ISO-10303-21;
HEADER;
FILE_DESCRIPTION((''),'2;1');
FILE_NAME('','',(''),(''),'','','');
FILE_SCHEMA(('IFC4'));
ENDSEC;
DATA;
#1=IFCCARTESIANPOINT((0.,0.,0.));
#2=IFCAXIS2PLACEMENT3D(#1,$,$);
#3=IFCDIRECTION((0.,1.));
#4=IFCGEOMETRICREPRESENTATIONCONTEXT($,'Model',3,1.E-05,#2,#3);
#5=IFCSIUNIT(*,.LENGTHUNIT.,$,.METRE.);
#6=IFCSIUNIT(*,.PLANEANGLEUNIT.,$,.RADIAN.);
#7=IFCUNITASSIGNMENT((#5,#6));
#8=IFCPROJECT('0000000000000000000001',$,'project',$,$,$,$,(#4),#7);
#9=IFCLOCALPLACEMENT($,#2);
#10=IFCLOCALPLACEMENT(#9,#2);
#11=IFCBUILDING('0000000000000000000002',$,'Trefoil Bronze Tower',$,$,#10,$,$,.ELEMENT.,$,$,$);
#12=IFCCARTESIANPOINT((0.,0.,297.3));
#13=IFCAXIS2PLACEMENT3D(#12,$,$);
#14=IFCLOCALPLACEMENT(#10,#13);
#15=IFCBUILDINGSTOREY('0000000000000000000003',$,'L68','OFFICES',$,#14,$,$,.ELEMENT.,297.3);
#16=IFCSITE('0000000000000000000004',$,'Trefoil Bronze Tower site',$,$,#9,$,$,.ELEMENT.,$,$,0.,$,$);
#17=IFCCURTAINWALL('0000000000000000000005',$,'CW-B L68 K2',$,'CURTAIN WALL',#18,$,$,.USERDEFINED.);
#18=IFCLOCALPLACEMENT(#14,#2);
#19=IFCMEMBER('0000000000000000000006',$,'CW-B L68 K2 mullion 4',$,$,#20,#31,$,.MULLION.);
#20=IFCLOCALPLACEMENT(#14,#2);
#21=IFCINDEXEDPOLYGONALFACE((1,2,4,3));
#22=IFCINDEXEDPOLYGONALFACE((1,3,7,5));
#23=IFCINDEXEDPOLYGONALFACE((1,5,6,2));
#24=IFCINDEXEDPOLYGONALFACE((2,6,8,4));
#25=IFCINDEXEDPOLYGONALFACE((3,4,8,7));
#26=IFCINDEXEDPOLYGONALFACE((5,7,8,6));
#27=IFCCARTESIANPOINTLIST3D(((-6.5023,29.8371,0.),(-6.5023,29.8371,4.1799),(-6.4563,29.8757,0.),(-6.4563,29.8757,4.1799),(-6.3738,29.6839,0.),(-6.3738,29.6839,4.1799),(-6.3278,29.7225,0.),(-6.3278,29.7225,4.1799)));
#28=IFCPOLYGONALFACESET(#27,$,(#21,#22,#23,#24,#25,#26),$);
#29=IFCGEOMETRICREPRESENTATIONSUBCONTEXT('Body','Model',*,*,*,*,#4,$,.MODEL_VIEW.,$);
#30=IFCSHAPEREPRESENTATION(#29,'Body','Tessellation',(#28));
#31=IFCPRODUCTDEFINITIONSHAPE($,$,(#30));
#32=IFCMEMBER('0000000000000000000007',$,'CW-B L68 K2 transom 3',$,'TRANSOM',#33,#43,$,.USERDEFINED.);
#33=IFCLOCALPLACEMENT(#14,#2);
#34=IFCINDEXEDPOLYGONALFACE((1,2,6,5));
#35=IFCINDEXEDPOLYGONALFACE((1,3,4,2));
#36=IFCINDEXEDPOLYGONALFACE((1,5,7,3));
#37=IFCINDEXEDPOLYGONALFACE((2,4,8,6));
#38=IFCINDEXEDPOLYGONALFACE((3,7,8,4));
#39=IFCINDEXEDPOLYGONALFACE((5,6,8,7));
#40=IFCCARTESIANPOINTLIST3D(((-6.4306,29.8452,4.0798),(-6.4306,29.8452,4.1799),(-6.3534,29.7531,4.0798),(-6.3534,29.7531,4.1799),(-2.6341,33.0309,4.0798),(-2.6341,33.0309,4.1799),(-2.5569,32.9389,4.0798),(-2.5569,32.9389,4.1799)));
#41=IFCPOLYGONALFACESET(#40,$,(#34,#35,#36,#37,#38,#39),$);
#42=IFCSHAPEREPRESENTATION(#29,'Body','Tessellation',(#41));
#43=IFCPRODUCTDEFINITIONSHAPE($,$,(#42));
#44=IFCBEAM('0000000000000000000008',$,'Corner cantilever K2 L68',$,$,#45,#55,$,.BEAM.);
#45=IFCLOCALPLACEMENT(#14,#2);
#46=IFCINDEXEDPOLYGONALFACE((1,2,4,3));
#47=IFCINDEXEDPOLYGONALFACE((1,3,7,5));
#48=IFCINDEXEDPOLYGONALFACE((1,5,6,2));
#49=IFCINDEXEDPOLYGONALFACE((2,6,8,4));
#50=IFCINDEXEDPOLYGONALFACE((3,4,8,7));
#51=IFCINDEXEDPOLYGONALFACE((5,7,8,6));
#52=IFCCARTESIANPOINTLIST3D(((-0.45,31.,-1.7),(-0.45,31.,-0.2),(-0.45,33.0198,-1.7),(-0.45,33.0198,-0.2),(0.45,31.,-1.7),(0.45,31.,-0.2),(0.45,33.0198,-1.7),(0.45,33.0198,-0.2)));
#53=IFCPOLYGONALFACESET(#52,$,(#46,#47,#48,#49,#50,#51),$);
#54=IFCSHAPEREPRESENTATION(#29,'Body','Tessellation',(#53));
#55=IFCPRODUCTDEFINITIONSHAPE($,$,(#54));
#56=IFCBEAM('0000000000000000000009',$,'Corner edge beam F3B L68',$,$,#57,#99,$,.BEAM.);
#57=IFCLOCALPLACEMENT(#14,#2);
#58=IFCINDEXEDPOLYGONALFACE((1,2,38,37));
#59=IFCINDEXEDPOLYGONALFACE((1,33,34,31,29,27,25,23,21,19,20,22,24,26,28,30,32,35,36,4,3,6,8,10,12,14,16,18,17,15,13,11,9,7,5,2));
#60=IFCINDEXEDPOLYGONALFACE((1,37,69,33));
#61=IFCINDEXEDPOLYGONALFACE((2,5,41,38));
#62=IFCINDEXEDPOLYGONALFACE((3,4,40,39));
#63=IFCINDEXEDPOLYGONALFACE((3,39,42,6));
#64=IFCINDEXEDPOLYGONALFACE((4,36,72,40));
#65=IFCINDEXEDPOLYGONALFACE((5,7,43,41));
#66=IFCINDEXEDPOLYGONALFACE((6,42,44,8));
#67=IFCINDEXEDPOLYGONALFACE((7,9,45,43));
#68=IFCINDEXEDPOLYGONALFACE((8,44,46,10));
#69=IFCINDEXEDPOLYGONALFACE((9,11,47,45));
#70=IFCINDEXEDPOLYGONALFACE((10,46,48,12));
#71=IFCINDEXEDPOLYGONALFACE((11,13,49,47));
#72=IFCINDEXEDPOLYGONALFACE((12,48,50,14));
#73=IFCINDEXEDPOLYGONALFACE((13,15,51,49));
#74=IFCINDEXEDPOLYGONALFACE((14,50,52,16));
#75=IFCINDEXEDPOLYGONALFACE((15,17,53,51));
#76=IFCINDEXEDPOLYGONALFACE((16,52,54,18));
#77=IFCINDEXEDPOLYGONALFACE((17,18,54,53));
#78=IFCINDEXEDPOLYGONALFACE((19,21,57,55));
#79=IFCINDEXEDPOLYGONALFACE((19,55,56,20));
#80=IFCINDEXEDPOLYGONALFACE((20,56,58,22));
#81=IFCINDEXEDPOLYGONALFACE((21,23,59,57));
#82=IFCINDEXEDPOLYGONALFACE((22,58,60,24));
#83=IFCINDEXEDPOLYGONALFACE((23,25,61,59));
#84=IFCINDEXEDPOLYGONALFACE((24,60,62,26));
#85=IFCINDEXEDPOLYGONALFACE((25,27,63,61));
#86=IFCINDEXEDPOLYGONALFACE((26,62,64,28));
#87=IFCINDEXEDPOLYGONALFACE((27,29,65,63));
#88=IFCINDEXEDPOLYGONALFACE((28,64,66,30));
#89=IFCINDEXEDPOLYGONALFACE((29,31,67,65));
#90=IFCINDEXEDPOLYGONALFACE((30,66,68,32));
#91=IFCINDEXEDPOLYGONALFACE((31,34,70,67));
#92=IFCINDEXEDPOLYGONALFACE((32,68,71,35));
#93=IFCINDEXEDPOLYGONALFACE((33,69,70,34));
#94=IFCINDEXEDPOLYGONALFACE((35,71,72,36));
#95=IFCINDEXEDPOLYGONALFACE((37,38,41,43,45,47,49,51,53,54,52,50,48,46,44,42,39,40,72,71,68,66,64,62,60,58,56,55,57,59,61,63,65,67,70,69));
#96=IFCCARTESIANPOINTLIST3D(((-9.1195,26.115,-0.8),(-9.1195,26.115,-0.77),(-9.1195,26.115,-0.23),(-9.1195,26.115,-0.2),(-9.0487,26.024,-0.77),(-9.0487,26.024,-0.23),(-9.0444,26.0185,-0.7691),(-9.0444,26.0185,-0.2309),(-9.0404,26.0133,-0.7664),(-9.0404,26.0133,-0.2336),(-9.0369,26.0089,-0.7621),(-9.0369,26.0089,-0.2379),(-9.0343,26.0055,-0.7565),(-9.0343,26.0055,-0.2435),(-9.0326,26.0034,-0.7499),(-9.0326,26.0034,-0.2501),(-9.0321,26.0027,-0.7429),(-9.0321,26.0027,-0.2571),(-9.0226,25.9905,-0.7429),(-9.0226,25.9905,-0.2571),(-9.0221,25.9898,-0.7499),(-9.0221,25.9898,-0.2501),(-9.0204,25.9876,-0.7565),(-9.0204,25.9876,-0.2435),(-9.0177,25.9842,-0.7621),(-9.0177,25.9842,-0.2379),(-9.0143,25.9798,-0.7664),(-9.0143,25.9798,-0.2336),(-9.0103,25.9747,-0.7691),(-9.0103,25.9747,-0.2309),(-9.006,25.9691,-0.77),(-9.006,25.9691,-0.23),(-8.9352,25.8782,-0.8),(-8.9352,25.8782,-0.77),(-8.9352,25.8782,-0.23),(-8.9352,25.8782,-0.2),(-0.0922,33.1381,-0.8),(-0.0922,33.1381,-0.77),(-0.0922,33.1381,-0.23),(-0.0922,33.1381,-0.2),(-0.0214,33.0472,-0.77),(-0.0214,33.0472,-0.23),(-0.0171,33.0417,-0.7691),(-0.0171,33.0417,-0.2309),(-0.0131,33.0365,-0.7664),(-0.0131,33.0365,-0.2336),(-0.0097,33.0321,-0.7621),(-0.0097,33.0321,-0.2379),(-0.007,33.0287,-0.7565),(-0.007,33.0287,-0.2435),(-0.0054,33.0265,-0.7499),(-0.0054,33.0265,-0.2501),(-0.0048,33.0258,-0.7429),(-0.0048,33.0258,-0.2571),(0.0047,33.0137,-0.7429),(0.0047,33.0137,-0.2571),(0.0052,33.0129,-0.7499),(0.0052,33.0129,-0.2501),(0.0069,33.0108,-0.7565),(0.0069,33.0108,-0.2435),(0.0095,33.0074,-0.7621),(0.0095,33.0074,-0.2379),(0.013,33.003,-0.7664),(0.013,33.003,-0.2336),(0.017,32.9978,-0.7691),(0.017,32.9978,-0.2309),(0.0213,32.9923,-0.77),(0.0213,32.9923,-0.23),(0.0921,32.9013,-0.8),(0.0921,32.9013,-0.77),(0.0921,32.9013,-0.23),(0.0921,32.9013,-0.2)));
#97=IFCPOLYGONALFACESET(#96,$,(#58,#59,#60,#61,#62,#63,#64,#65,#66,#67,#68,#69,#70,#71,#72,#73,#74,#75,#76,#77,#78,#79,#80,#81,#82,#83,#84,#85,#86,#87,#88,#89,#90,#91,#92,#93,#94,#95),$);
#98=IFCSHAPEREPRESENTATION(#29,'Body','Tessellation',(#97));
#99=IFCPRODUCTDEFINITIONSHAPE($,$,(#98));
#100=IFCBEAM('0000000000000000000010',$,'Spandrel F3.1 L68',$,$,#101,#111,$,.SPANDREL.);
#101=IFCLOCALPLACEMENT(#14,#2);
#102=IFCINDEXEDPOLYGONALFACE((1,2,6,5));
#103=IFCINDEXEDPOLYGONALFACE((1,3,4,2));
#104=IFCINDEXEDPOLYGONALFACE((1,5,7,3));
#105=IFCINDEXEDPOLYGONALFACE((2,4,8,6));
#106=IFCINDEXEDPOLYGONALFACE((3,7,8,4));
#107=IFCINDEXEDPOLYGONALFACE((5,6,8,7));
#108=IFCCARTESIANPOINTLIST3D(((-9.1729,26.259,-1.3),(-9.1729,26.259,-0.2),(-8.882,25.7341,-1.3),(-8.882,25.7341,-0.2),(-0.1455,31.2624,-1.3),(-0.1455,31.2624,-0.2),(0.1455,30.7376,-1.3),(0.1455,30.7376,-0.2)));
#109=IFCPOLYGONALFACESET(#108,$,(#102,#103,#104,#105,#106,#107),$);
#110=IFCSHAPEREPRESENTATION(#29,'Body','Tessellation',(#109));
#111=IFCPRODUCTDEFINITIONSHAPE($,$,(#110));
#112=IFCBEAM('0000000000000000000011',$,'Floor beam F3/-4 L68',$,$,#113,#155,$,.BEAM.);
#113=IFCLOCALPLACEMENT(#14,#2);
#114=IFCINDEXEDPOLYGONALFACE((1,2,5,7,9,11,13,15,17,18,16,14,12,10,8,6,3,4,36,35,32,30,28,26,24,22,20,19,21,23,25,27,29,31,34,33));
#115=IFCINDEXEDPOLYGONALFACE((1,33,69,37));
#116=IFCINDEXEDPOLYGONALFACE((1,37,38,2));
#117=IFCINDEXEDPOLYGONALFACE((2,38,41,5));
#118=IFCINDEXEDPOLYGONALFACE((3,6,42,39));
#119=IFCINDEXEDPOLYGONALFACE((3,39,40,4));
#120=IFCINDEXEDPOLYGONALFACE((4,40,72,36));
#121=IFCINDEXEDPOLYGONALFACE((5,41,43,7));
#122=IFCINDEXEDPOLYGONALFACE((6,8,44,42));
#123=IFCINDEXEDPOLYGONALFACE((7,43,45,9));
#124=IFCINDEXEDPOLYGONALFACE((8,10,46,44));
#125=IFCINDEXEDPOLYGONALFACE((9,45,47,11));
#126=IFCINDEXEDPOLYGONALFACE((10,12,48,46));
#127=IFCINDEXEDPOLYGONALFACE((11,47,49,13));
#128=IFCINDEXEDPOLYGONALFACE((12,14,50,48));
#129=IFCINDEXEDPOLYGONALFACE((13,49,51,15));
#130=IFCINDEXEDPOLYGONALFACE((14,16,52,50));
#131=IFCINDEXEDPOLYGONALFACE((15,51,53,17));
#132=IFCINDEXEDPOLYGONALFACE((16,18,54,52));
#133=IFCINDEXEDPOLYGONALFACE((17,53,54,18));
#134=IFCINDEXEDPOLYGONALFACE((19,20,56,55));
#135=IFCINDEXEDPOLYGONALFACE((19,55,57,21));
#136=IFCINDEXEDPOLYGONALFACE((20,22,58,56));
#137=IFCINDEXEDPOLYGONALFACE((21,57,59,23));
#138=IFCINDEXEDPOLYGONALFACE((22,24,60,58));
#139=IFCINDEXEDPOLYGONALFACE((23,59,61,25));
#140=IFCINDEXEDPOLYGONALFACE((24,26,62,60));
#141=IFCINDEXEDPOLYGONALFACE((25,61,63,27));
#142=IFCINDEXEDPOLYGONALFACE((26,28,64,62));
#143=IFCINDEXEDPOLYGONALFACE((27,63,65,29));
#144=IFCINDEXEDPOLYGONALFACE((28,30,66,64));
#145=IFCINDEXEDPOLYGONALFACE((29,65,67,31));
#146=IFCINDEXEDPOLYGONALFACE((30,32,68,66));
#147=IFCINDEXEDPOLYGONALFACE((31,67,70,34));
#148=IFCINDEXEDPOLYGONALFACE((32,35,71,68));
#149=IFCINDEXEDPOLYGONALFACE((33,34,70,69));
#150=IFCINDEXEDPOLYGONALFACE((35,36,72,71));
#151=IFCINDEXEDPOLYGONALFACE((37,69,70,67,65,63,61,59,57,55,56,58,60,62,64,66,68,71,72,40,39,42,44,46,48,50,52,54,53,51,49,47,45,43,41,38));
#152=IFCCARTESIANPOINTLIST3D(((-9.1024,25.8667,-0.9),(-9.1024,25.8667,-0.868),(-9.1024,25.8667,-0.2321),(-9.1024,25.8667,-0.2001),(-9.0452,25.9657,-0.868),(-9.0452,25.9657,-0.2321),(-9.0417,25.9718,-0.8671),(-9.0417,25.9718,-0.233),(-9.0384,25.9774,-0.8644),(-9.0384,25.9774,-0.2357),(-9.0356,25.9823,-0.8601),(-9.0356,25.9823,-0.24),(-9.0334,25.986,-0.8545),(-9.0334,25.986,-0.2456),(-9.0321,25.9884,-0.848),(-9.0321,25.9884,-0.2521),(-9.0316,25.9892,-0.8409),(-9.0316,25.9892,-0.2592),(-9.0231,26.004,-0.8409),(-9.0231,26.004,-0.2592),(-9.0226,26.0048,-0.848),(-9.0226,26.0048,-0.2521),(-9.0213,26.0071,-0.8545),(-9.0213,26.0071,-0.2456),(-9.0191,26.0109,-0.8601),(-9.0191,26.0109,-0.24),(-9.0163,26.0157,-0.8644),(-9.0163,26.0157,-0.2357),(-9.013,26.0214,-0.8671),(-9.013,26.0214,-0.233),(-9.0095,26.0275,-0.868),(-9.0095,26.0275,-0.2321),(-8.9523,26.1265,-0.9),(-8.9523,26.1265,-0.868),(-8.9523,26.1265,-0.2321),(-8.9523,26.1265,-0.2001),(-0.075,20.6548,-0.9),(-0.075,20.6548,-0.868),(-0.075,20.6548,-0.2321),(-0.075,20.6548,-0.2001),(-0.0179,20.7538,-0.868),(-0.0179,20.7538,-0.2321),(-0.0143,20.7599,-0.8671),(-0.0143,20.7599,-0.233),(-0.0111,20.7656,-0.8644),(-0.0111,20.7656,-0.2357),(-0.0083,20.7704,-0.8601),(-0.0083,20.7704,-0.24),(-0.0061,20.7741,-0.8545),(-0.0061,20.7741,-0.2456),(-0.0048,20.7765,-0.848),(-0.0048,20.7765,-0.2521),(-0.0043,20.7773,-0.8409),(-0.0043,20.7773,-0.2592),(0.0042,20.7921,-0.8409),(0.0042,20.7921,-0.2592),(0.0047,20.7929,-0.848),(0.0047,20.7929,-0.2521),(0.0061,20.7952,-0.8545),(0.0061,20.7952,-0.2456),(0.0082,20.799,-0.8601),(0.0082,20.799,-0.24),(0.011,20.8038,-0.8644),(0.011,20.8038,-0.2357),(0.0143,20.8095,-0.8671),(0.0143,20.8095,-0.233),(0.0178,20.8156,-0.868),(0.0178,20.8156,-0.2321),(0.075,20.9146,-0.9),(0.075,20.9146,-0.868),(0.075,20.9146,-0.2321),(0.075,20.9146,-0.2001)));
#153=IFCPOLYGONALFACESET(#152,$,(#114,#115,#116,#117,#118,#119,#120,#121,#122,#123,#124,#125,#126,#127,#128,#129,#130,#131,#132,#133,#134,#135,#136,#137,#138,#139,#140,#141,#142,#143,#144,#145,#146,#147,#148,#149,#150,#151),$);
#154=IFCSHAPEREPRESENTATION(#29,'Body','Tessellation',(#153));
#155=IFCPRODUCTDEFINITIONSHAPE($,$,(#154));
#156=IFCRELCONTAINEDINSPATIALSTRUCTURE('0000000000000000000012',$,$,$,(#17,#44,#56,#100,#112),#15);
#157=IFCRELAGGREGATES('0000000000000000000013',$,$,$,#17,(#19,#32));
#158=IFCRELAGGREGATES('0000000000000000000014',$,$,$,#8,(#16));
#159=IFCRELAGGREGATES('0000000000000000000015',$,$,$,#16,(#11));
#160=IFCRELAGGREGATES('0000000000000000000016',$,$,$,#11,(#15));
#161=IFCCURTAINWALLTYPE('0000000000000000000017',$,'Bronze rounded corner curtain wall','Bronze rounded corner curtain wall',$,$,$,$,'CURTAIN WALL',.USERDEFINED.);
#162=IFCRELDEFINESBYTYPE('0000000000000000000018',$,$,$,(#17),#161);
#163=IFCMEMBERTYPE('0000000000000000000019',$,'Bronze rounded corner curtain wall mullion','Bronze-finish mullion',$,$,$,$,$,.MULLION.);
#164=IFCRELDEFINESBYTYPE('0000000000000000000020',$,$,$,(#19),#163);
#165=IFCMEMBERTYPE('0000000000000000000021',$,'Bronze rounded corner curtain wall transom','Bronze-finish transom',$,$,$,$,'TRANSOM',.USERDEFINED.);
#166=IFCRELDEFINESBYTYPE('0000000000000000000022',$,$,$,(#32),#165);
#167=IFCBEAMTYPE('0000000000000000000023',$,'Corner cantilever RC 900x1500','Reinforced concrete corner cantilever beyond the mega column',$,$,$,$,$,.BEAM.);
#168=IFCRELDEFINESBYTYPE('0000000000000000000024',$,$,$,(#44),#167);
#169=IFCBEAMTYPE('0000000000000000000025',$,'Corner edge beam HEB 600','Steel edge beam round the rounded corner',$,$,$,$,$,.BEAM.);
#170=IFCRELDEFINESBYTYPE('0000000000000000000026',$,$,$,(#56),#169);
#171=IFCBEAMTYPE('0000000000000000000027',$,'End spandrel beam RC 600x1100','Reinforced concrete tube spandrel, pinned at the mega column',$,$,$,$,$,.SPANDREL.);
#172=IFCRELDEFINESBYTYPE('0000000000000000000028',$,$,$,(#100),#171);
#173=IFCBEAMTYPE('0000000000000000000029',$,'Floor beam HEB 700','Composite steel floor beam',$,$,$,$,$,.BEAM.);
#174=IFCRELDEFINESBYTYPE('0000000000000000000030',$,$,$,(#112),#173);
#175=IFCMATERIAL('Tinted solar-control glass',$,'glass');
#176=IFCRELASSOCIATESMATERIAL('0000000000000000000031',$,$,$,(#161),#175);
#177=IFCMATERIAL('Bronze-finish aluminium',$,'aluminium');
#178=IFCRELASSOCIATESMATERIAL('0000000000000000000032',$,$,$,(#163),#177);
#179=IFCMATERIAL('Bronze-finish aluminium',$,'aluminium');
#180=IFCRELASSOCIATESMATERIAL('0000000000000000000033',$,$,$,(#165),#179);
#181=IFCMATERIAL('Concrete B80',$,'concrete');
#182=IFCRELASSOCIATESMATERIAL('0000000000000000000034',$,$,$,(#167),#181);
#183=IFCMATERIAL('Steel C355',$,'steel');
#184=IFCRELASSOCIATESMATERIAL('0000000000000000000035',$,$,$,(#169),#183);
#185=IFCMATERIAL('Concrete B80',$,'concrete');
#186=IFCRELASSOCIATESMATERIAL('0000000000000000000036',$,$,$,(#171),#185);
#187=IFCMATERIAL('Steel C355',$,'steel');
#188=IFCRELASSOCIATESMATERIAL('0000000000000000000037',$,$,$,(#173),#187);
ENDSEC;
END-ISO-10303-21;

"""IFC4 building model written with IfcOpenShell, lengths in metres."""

from ifc_helpers import new_model, si_unit, direction, frame, origin, origin_2d, place, context, subcontext, project, spatial, rectangle, i_section, extrude, material, material_profile, profile_set, type_object, element, aggregate, save


model = new_model("IFC4")

# Units and contexts
model_context = context("Model", 3, precision=1e-05, world=origin(), true_north=direction((0.0, 1.0)))
body_context = subcontext(model_context, "Body", "Model", "MODEL_VIEW")
ifc_project = project(units=[si_unit("LENGTHUNIT", "METRE"), si_unit("PLANEANGLEUNIT", "RADIAN")], contexts=[model_context])

# Site, building, storey
site_placement = place(None, origin())
site = spatial("IfcSite", under=ifc_project, at=site_placement, Name="Trefoil Bronze Tower site", CompositionType="ELEMENT", RefElevation=0.0)
building_placement = place(site_placement, origin())
building = spatial("IfcBuilding", under=site, at=building_placement, Name="Trefoil Bronze Tower", CompositionType="ELEMENT")
storey_placement = place(building_placement, frame((0.0, 0.0, 297.3)))
storey = spatial("IfcBuildingStorey", under=building, at=storey_placement, Name="L68", Description="OFFICES", CompositionType="ELEMENT", Elevation=297.3)

# Curtain wall, members
ifc_material_1 = material(Name="Tinted solar-control glass", Category="glass")
curtain_wall_type_1 = type_object("IfcCurtainWallType", Name="Bronze rounded corner curtain wall", Description="Bronze rounded corner curtain wall", ElementType="CURTAIN WALL", PredefinedType="USERDEFINED", material=ifc_material_1)
curtain_wall_1_placement = place(storey_placement, origin())
curtain_wall_1 = element("IfcCurtainWall", 1, at=curtain_wall_1_placement, inside=storey, type_object=curtain_wall_type_1, Name="CW-B L68 K2", ObjectType="CURTAIN WALL", PredefinedType="USERDEFINED")
ifc_material_2 = material(Name="Bronze-finish aluminium", Category="aluminium")
ifc_material_profile_1 = material_profile(ifc_material_2, rectangle(XDim=0.2, YDim=0.0601, at=origin_2d()), Name="CW-B mullion")
ifc_profile_set_1 = profile_set([ifc_material_profile_1], Name="Bronze-finish aluminium")
member_type_1 = type_object("IfcMemberType", Name="Bronze rounded corner curtain wall mullion", Description="Bronze-finish mullion", PredefinedType="MULLION", material=ifc_profile_set_1)
member_1_placement = place(storey_placement, frame((-6.415, 29.7798, 0.0), z_axis=(0.0, 0.0, 1.0), x_axis=(0.642788, -0.766044, 0.0)))
member_1 = element("IfcMember", 2, at=member_1_placement, type_object=member_type_1, Name="CW-B L68 K2 mullion 4", PredefinedType="MULLION", context=body_context, shape_type="SweptSolid", body=[
    extrude(rectangle(XDim=0.2, YDim=0.0601, at=origin_2d()), origin(), (0.0, 0.0, 1.0), 4.1799),
])
ifc_material_3 = material(Name="Bronze-finish aluminium", Category="aluminium")
ifc_material_profile_2 = material_profile(ifc_material_3, rectangle(XDim=0.1201, YDim=0.1001, at=origin_2d()), Name="CW-B transom")
ifc_profile_set_2 = profile_set([ifc_material_profile_2], Name="Bronze-finish aluminium")
member_type_2 = type_object("IfcMemberType", Name="Bronze rounded corner curtain wall transom", Description="Bronze-finish transom", ElementType="TRANSOM", PredefinedType="USERDEFINED", material=ifc_profile_set_2)
member_2_placement = place(storey_placement, frame((-2.5955, 32.9849, 4.1299), z_axis=(-0.766041, -0.642792, 0.0), x_axis=(0.642792, -0.766041, 0.0)))
member_2 = element("IfcMember", 3, at=member_2_placement, type_object=member_type_2, Name="CW-B L68 K2 transom 3", ObjectType="TRANSOM", PredefinedType="USERDEFINED", context=body_context, shape_type="SweptSolid", body=[
    extrude(rectangle(XDim=0.1201, YDim=0.1001, at=origin_2d()), origin(), (0.0, 0.0, 1.0), 4.9561),
])

# Beams
ifc_material_4 = material(Name="Concrete B80", Category="concrete")
ifc_material_profile_3 = material_profile(ifc_material_4, rectangle(XDim=0.8999, YDim=1.5, at=origin_2d()), Name="RC 900x1500")
ifc_profile_set_3 = profile_set([ifc_material_profile_3], Name="Concrete B80")
beam_type_1 = type_object("IfcBeamType", Name="Corner cantilever RC 900x1500", Description="Reinforced concrete corner cantilever beyond the mega column", PredefinedType="BEAM", material=ifc_profile_set_3)
beam_1_placement = place(storey_placement, frame((0.0, 31.0, -0.95), z_axis=(0.0, 1.0, 0.0), x_axis=(-1.0, 0.0, 0.0)))
element("IfcBeam", 4, at=beam_1_placement, inside=storey, type_object=beam_type_1, Name="Corner cantilever K2 L68", PredefinedType="BEAM", context=body_context, shape_type="SweptSolid", body=[
    extrude(rectangle(XDim=0.8999, YDim=1.5, at=origin_2d()), origin(), (0.0, 0.0, 1.0), 2.0198),
])
ifc_material_5 = material(Name="Steel C355", Category="steel")
ifc_material_profile_4 = material_profile(ifc_material_5, i_section(OverallWidth=0.3, OverallDepth=0.6001, WebThickness=0.0154, FlangeThickness=0.03, FilletRadius=0.0271, at=origin_2d()), Name="HEB 600")
ifc_profile_set_4 = profile_set([ifc_material_profile_4], Name="Steel C355")
beam_type_2 = type_object("IfcBeamType", Name="Corner edge beam HEB 600", Description="Steel edge beam round the rounded corner", PredefinedType="BEAM", material=ifc_profile_set_4)
beam_2_placement = place(storey_placement, frame((-9.0273, 25.9966, -0.5), z_axis=(0.789271, 0.614046, 0.0), x_axis=(-0.614046, 0.789271, 0.0)))
element("IfcBeam", 5, at=beam_2_placement, inside=storey, type_object=beam_type_2, Name="Corner edge beam F3B L68", PredefinedType="BEAM", context=body_context, shape_type="SweptSolid", body=[
    extrude(i_section(OverallWidth=0.3, OverallDepth=0.6001, WebThickness=0.0154, FlangeThickness=0.03, FilletRadius=0.0271, at=origin_2d()), origin(), (0.0, 0.0, 1.0), 11.4375),
])
ifc_material_6 = material(Name="Concrete B80", Category="concrete")
ifc_material_profile_5 = material_profile(ifc_material_6, rectangle(XDim=0.6001, YDim=1.1001, at=origin_2d()), Name="RC 600x1100")
ifc_profile_set_5 = profile_set([ifc_material_profile_5], Name="Concrete B80")
beam_type_3 = type_object("IfcBeamType", Name="End spandrel beam RC 600x1100", Description="Reinforced concrete tube spandrel, pinned at the mega column", PredefinedType="SPANDREL", material=ifc_profile_set_5)
beam_3_placement = place(storey_placement, frame((0.0, 31.0, -0.75), z_axis=(-0.874641, -0.484771, 0.0), x_axis=(0.484771, -0.874641, 0.0)))
element("IfcBeam", 6, at=beam_3_placement, inside=storey, type_object=beam_type_3, Name="Spandrel F3.1 L68", PredefinedType="SPANDREL", context=body_context, shape_type="SweptSolid", body=[
    extrude(rectangle(XDim=0.6001, YDim=1.1001, at=origin_2d()), origin(), (0.0, 0.0, 1.0), 10.3213),
])
ifc_material_7 = material(Name="Steel C355", Category="steel")
ifc_material_profile_6 = material_profile(ifc_material_7, i_section(OverallWidth=0.3, OverallDepth=0.7, WebThickness=0.0171, FlangeThickness=0.032, FilletRadius=0.0271, at=origin_2d()), Name="HEB 700")
ifc_profile_set_6 = profile_set([ifc_material_profile_6], Name="Steel C355")
beam_type_4 = type_object("IfcBeamType", Name="Floor beam HEB 700", Description="Composite steel floor beam", PredefinedType="BEAM", material=ifc_profile_set_6)
beam_4_placement = place(storey_placement, frame((-9.0273, 25.9966, -0.55), z_axis=(0.866026, -0.499998, 0.0), x_axis=(0.499998, 0.866026, 0.0)))
element("IfcBeam", 7, at=beam_4_placement, inside=storey, type_object=beam_type_4, Name="Floor beam F3/-4 L68", PredefinedType="BEAM", context=body_context, shape_type="SweptSolid", body=[
    extrude(i_section(OverallWidth=0.3, OverallDepth=0.7, WebThickness=0.0171, FlangeThickness=0.032, FilletRadius=0.0271, at=origin_2d()), origin(), (0.0, 0.0, 1.0), 10.4238),
])

aggregate(curtain_wall_1, [member_1, member_2])

save(model, "model.ifc")
